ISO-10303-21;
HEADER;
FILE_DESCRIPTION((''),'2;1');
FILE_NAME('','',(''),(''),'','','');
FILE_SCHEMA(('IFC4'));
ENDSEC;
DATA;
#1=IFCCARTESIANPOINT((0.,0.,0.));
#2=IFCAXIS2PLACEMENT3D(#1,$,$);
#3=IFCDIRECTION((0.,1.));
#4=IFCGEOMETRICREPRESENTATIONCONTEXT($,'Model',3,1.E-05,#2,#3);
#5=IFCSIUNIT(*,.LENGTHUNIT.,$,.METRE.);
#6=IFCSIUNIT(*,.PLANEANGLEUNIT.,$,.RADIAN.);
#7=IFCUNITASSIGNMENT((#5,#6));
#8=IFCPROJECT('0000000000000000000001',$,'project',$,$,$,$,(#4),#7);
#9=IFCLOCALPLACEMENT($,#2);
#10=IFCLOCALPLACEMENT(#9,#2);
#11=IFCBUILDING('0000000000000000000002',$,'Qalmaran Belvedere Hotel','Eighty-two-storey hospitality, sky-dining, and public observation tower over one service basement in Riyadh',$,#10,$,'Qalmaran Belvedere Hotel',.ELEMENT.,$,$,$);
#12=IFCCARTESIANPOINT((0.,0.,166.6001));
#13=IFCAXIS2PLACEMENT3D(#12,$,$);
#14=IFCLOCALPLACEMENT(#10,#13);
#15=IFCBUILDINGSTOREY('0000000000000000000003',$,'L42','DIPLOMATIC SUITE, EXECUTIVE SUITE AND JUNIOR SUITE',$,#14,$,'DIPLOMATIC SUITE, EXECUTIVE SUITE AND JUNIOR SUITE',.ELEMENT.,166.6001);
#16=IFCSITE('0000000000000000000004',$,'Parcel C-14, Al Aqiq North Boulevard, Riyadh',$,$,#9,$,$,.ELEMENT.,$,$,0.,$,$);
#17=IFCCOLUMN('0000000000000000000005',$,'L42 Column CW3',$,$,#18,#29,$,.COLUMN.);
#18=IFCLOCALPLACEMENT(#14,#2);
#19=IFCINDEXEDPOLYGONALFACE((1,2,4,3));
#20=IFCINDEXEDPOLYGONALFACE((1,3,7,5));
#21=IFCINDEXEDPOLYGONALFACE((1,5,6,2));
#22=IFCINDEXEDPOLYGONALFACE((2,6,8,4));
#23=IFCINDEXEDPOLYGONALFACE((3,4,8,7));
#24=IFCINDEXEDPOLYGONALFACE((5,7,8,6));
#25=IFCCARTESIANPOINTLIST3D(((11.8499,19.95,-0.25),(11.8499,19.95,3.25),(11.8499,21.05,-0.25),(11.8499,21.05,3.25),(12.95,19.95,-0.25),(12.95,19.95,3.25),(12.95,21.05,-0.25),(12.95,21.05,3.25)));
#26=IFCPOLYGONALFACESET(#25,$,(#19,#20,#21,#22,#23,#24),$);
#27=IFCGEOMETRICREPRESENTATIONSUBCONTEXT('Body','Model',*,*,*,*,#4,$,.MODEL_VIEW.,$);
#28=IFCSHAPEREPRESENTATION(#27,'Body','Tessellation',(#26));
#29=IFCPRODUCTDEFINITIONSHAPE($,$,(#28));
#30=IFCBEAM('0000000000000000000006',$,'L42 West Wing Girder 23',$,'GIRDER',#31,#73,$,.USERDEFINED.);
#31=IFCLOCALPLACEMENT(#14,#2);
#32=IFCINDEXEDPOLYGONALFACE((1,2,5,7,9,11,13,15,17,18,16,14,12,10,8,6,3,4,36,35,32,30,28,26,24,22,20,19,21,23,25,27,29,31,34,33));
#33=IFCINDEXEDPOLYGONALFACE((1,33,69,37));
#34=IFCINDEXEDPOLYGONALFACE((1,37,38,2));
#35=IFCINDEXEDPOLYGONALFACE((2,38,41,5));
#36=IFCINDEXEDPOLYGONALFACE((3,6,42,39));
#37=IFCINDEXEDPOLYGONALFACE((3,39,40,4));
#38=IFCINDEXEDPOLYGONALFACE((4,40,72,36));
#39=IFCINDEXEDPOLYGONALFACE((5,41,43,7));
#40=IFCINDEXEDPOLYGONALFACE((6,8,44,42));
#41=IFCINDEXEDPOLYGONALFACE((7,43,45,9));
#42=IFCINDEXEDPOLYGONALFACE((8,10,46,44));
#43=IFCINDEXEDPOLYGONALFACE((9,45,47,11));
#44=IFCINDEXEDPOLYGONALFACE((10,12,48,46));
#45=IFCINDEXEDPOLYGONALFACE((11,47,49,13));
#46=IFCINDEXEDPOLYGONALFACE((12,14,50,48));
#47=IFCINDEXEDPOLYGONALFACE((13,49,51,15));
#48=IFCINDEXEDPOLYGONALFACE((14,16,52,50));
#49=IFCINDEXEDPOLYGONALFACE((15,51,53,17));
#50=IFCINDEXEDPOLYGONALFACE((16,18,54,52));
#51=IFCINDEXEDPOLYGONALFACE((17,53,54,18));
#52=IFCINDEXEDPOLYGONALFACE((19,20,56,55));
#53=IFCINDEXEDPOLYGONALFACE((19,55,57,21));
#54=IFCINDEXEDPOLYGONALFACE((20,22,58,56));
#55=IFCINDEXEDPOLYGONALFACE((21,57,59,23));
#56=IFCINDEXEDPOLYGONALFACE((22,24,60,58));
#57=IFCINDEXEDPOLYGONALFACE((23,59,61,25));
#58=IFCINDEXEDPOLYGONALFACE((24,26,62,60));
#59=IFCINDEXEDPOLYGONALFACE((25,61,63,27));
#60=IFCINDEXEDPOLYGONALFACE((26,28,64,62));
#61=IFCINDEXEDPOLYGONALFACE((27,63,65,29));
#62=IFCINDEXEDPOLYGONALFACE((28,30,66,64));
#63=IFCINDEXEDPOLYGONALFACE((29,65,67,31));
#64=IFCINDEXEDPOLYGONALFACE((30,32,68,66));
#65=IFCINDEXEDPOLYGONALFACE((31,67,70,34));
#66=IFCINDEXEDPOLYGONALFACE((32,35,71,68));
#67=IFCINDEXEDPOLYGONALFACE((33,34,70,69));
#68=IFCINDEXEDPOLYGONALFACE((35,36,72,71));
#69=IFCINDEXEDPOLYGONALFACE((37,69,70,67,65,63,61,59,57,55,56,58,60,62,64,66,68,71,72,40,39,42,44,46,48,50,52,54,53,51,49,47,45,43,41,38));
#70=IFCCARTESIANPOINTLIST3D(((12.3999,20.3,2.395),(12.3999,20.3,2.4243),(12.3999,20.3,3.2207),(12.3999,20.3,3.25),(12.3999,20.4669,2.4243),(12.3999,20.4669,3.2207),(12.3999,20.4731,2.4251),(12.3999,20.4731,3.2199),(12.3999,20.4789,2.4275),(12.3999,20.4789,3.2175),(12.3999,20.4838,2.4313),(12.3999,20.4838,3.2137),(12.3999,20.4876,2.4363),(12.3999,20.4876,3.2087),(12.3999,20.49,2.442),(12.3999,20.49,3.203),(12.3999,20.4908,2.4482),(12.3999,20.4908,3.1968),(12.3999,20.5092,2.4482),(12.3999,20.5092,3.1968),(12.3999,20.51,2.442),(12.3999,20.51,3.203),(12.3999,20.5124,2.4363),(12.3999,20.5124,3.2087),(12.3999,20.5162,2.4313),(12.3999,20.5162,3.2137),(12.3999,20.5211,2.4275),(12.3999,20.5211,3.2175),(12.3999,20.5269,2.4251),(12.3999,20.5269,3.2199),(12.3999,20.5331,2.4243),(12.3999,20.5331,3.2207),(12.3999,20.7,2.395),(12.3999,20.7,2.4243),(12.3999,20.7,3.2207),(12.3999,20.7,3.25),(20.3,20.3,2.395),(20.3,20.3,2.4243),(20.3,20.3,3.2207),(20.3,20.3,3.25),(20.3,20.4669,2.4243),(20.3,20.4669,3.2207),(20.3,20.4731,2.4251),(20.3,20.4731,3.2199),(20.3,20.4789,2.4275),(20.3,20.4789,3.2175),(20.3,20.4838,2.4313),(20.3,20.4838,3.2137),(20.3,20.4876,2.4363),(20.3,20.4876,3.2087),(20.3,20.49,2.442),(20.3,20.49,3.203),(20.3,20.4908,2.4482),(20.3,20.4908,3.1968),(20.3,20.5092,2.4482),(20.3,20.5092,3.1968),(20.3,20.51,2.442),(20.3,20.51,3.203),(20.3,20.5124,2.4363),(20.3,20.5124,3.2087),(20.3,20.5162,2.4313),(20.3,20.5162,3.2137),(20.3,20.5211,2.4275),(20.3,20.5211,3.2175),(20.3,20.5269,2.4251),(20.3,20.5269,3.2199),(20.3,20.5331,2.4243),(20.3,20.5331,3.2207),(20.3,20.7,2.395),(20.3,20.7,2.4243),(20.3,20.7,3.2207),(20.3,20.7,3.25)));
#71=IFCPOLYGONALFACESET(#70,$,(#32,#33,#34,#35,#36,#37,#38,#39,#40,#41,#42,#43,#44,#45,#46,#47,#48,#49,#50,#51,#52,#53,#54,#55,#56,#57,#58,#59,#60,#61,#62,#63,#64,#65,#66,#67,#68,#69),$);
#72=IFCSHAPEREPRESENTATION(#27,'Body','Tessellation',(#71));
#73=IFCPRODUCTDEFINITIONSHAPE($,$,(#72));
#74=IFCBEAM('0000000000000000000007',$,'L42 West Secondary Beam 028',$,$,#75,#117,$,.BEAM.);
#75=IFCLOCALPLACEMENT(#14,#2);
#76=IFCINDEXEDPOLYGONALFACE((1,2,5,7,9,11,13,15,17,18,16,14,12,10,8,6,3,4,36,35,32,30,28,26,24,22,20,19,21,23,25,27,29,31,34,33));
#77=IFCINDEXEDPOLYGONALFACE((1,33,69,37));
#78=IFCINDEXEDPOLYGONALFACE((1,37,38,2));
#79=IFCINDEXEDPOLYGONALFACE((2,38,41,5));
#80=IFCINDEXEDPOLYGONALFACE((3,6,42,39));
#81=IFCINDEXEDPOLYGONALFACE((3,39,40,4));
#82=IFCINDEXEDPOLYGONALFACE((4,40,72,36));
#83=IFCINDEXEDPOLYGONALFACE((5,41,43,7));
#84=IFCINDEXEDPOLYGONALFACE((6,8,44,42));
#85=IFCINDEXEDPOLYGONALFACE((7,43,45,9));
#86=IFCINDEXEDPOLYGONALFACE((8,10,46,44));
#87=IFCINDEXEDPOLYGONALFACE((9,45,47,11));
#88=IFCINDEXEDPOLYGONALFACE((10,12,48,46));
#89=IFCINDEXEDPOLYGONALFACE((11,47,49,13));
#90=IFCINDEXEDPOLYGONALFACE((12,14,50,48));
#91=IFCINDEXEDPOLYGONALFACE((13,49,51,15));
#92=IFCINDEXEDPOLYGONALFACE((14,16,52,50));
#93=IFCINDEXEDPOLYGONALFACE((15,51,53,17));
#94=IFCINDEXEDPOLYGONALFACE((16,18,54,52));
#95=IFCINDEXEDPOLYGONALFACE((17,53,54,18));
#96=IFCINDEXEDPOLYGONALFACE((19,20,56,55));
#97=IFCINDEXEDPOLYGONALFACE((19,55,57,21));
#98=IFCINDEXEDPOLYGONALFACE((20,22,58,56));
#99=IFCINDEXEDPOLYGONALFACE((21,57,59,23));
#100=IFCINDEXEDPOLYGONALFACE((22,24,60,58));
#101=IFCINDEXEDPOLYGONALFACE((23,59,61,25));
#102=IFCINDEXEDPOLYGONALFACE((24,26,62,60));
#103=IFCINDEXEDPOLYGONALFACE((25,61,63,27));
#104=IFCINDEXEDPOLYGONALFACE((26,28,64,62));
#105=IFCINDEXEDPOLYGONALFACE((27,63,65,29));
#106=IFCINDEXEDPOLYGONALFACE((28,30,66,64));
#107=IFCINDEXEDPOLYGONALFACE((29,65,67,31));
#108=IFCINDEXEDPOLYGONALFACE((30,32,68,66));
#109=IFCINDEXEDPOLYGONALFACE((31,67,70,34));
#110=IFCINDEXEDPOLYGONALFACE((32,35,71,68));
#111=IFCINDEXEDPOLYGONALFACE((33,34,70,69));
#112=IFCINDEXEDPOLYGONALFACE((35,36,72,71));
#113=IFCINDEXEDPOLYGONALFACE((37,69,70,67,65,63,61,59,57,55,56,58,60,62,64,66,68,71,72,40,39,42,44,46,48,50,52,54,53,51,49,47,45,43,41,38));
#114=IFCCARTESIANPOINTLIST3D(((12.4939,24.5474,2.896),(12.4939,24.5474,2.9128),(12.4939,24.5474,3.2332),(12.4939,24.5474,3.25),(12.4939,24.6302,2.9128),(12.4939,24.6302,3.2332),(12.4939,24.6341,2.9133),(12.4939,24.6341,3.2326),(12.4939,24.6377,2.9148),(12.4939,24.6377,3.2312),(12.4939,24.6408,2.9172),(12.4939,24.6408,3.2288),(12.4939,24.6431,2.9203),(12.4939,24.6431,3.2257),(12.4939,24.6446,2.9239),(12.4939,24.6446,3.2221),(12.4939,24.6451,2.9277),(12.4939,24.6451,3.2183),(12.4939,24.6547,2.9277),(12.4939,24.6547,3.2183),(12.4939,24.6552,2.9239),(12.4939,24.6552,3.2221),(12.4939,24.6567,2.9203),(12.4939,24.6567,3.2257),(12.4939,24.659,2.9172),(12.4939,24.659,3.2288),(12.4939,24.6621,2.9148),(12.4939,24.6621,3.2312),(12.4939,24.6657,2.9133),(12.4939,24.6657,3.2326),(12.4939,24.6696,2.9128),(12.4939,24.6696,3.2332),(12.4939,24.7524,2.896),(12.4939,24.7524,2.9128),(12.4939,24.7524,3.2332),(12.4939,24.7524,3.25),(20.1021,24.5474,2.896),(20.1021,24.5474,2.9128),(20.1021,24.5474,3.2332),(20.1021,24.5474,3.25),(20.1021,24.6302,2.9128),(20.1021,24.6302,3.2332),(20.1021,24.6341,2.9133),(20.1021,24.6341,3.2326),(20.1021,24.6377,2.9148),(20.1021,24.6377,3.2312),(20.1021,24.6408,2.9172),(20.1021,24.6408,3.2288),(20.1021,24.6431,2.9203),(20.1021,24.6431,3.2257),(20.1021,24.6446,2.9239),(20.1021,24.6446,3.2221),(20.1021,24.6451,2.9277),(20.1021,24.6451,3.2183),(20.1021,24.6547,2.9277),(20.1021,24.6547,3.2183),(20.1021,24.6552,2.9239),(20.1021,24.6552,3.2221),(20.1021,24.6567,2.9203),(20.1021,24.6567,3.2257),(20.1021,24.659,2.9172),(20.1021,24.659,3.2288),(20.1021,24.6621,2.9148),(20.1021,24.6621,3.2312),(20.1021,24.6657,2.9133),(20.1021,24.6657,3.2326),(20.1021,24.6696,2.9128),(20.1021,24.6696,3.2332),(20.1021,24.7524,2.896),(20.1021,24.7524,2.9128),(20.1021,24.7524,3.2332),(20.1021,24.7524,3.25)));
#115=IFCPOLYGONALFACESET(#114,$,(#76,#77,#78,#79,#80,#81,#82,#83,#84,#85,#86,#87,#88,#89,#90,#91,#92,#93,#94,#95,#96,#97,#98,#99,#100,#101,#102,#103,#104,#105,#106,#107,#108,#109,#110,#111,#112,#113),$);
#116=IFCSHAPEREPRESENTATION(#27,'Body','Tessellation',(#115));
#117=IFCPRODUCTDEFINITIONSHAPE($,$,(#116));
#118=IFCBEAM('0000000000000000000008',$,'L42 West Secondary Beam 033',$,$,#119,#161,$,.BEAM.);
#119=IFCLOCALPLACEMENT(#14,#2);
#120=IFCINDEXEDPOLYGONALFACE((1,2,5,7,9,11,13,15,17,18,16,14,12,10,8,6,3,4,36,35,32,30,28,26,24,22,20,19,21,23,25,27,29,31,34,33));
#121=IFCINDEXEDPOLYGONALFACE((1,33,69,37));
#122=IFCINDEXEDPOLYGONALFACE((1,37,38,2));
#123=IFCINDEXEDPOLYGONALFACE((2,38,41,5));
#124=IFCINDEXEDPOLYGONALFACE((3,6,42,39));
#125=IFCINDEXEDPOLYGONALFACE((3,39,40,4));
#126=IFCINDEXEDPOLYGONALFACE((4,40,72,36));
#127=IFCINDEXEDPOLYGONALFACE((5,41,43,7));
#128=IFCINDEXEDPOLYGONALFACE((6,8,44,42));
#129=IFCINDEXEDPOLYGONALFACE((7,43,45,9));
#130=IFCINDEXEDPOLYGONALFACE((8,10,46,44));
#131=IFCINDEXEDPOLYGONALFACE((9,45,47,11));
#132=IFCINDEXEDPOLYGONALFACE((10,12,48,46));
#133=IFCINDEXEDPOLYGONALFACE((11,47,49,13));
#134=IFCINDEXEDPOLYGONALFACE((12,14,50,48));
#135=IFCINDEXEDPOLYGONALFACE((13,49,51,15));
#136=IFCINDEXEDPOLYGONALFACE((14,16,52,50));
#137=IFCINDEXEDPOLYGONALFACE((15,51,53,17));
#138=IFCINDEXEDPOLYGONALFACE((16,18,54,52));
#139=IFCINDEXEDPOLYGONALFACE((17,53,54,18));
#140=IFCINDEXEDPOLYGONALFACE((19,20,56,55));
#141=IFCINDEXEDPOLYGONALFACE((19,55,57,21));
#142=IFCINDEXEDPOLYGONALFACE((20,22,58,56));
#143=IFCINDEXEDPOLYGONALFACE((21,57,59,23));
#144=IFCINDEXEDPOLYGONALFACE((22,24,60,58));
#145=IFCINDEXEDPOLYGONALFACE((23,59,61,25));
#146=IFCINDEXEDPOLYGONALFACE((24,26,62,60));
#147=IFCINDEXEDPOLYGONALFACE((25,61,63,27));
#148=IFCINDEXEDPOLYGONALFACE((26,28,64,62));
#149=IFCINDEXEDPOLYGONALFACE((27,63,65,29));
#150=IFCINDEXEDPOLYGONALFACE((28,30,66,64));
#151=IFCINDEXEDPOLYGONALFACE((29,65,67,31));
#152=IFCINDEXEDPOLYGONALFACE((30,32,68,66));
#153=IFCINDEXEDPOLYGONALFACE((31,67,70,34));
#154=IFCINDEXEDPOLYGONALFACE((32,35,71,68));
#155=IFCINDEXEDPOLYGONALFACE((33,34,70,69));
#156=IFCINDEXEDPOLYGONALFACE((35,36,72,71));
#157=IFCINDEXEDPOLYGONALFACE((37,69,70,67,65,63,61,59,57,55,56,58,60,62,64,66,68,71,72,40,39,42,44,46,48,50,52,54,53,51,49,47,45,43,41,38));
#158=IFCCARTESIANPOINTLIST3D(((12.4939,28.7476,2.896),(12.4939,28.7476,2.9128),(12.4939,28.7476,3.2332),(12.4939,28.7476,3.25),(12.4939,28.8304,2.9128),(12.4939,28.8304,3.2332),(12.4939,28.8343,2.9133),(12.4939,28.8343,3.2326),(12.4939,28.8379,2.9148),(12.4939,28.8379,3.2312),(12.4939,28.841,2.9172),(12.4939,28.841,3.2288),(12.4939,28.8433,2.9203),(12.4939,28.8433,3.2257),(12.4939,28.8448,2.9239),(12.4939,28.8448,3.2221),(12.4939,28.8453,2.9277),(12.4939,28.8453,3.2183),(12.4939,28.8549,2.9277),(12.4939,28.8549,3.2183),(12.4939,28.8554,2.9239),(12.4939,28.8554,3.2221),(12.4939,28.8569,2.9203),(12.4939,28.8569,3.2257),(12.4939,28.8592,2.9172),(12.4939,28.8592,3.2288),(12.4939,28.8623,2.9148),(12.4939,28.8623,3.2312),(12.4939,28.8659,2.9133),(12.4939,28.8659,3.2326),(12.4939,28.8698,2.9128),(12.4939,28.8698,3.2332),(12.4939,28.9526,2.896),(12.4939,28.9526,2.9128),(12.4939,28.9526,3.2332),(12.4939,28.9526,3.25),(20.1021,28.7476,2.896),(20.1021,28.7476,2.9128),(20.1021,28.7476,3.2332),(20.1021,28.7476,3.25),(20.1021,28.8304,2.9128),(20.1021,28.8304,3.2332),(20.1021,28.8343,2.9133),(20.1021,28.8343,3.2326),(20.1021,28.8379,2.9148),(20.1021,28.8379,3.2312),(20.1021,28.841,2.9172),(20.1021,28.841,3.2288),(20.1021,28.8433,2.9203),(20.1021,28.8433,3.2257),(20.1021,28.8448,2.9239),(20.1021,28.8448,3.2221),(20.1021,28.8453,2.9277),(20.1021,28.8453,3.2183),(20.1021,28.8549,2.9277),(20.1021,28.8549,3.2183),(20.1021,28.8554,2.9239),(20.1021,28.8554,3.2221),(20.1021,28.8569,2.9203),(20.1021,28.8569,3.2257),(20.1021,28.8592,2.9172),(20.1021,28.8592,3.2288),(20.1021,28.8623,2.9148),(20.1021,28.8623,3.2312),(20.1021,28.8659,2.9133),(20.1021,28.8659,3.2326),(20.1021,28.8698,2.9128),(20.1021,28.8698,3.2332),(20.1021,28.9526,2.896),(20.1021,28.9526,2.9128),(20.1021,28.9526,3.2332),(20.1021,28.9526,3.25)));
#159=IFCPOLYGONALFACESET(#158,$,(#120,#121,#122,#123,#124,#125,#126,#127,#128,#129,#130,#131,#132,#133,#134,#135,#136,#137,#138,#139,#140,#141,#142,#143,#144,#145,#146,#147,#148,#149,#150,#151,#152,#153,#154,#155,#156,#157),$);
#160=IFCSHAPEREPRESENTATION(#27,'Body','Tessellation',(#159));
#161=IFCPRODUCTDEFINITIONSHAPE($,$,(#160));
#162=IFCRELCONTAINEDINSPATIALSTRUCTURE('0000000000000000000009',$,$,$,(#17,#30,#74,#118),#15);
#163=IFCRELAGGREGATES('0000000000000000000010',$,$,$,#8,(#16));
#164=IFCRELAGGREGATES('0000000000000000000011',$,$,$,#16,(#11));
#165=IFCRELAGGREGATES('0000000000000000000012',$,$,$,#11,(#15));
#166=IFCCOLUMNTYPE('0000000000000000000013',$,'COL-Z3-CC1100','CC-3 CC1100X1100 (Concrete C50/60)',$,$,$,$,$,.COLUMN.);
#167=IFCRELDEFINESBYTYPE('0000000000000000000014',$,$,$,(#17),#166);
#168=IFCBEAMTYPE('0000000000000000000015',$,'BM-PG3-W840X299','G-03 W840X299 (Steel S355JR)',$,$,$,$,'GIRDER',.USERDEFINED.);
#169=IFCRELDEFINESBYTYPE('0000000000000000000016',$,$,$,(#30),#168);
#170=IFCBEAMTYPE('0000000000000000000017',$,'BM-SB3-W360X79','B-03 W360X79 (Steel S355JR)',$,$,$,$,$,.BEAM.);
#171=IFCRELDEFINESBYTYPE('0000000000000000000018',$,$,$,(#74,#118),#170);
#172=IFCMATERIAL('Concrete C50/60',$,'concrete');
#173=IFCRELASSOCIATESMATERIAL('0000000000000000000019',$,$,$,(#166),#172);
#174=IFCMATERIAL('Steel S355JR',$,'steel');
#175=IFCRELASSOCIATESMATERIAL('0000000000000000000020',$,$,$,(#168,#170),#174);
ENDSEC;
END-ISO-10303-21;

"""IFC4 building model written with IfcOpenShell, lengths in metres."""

from ifc_helpers import new_model, si_unit, direction, frame, origin, origin_2d, place, context, subcontext, project, spatial, rectangle, i_section, extrude, material, material_profile, profile_set, type_object, element, save


model = new_model("IFC4")

# Units and contexts
model_context = context("Model", 3, precision=1e-05, world=origin(), true_north=direction((0.0, 1.0)))
body_context = subcontext(model_context, "Body", "Model", "MODEL_VIEW")
ifc_project = project(units=[si_unit("LENGTHUNIT", "METRE"), si_unit("PLANEANGLEUNIT", "RADIAN")], contexts=[model_context])

# Site, building, storey
site_placement = place(None, origin())
site = spatial("IfcSite", under=ifc_project, at=site_placement, Name="Parcel C-14, Al Aqiq North Boulevard, Riyadh", CompositionType="ELEMENT", RefElevation=0.0)
building_placement = place(site_placement, origin())
building = spatial("IfcBuilding", under=site, at=building_placement, Name="Qalmaran Belvedere Hotel", Description="Eighty-two-storey hospitality, sky-dining, and public observation tower over one service basement in Riyadh", LongName="Qalmaran Belvedere Hotel", CompositionType="ELEMENT")
storey_placement = place(building_placement, frame((0.0, 0.0, 166.6001)))
storey = spatial("IfcBuildingStorey", under=building, at=storey_placement, Name="L42", Description="DIPLOMATIC SUITE, EXECUTIVE SUITE AND JUNIOR SUITE", LongName="DIPLOMATIC SUITE, EXECUTIVE SUITE AND JUNIOR SUITE", CompositionType="ELEMENT", Elevation=166.6001)

# Column
ifc_material_1 = material(Name="Concrete C50/60", Category="concrete")
ifc_material_profile_1 = material_profile(ifc_material_1, rectangle(XDim=1.1001, YDim=1.1001, at=origin_2d()), Name="CC1100X1100")
ifc_profile_set_1 = profile_set([ifc_material_profile_1], Name="Concrete C50/60")
column_type = type_object("IfcColumnType", Name="COL-Z3-CC1100", Description="CC-3 CC1100X1100 (Concrete C50/60)", PredefinedType="COLUMN", material=ifc_profile_set_1)
column_placement = place(storey_placement, frame((12.3999, 20.5, -0.25), z_axis=(0.0, 0.0, 1.0), x_axis=(1.0, 0.0, 0.0)))
element("IfcColumn", 1, at=column_placement, inside=storey, type_object=column_type, Name="L42 Column CW3", PredefinedType="COLUMN", context=body_context, shape_type="SweptSolid", body=[
    extrude(rectangle(XDim=1.1001, YDim=1.1001, at=origin_2d()), origin(), (0.0, 0.0, 1.0), 3.5),
])

# Beams
ifc_material_2 = material(Name="Steel S355JR", Category="steel")
ifc_material_profile_2 = material_profile(ifc_material_2, i_section(OverallWidth=0.3999, OverallDepth=0.855, WebThickness=0.0183, FlangeThickness=0.0293, FilletRadius=0.0239, at=origin_2d()), Name="W840X299")
ifc_profile_set_2 = profile_set([ifc_material_profile_2], Name="Steel S355JR")
beam_type_1 = type_object("IfcBeamType", Name="BM-PG3-W840X299", Description="G-03 W840X299 (Steel S355JR)", ElementType="GIRDER", PredefinedType="USERDEFINED", material=ifc_profile_set_2)
beam_1_placement = place(storey_placement, frame((12.3999, 20.5, 2.8225), z_axis=(1.0, 0.0, 0.0), x_axis=(0.0, 1.0, 0.0)))
element("IfcBeam", 2, at=beam_1_placement, inside=storey, type_object=beam_type_1, Name="L42 West Wing Girder 23", ObjectType="GIRDER", PredefinedType="USERDEFINED", context=body_context, shape_type="SweptSolid", body=[
    extrude(i_section(OverallWidth=0.3999, OverallDepth=0.855, WebThickness=0.0183, FlangeThickness=0.0293, FilletRadius=0.0239, at=origin_2d()), origin(), (0.0, 0.0, 1.0), 7.9001),
])
ifc_material_profile_3 = material_profile(ifc_material_2, i_section(OverallWidth=0.2051, OverallDepth=0.354, WebThickness=0.0095, FlangeThickness=0.0168, FilletRadius=0.0149, at=origin_2d()), Name="W360X79")
ifc_profile_set_3 = profile_set([ifc_material_profile_3], Name="Steel S355JR")
beam_type_2 = type_object("IfcBeamType", Name="BM-SB3-W360X79", Description="B-03 W360X79 (Steel S355JR)", PredefinedType="BEAM", material=ifc_profile_set_3)
for number, where, z_axis, x_axis, name in (
    (3, (12.4939, 24.6499, 3.073), (1.0, 0.0, 0.0), (0.0, 1.0, 0.0), "L42 West Secondary Beam 028"),
    (4, (12.4939, 28.8501, 3.073), (1.0, 0.0, 0.0), (0.0, 1.0, 0.0), "L42 West Secondary Beam 033"),
):
    element("IfcBeam", number, at=place(storey_placement, frame(where, z_axis=z_axis, x_axis=x_axis)), inside=storey, type_object=beam_type_2, Name=name, PredefinedType="BEAM", context=body_context, shape_type="SweptSolid", body=[
        extrude(i_section(OverallWidth=0.2051, OverallDepth=0.354, WebThickness=0.0095, FlangeThickness=0.0168, FilletRadius=0.0149, at=origin_2d()), origin(), (0.0, 0.0, 1.0), 7.6082),
    ])

save(model, "model.ifc")
